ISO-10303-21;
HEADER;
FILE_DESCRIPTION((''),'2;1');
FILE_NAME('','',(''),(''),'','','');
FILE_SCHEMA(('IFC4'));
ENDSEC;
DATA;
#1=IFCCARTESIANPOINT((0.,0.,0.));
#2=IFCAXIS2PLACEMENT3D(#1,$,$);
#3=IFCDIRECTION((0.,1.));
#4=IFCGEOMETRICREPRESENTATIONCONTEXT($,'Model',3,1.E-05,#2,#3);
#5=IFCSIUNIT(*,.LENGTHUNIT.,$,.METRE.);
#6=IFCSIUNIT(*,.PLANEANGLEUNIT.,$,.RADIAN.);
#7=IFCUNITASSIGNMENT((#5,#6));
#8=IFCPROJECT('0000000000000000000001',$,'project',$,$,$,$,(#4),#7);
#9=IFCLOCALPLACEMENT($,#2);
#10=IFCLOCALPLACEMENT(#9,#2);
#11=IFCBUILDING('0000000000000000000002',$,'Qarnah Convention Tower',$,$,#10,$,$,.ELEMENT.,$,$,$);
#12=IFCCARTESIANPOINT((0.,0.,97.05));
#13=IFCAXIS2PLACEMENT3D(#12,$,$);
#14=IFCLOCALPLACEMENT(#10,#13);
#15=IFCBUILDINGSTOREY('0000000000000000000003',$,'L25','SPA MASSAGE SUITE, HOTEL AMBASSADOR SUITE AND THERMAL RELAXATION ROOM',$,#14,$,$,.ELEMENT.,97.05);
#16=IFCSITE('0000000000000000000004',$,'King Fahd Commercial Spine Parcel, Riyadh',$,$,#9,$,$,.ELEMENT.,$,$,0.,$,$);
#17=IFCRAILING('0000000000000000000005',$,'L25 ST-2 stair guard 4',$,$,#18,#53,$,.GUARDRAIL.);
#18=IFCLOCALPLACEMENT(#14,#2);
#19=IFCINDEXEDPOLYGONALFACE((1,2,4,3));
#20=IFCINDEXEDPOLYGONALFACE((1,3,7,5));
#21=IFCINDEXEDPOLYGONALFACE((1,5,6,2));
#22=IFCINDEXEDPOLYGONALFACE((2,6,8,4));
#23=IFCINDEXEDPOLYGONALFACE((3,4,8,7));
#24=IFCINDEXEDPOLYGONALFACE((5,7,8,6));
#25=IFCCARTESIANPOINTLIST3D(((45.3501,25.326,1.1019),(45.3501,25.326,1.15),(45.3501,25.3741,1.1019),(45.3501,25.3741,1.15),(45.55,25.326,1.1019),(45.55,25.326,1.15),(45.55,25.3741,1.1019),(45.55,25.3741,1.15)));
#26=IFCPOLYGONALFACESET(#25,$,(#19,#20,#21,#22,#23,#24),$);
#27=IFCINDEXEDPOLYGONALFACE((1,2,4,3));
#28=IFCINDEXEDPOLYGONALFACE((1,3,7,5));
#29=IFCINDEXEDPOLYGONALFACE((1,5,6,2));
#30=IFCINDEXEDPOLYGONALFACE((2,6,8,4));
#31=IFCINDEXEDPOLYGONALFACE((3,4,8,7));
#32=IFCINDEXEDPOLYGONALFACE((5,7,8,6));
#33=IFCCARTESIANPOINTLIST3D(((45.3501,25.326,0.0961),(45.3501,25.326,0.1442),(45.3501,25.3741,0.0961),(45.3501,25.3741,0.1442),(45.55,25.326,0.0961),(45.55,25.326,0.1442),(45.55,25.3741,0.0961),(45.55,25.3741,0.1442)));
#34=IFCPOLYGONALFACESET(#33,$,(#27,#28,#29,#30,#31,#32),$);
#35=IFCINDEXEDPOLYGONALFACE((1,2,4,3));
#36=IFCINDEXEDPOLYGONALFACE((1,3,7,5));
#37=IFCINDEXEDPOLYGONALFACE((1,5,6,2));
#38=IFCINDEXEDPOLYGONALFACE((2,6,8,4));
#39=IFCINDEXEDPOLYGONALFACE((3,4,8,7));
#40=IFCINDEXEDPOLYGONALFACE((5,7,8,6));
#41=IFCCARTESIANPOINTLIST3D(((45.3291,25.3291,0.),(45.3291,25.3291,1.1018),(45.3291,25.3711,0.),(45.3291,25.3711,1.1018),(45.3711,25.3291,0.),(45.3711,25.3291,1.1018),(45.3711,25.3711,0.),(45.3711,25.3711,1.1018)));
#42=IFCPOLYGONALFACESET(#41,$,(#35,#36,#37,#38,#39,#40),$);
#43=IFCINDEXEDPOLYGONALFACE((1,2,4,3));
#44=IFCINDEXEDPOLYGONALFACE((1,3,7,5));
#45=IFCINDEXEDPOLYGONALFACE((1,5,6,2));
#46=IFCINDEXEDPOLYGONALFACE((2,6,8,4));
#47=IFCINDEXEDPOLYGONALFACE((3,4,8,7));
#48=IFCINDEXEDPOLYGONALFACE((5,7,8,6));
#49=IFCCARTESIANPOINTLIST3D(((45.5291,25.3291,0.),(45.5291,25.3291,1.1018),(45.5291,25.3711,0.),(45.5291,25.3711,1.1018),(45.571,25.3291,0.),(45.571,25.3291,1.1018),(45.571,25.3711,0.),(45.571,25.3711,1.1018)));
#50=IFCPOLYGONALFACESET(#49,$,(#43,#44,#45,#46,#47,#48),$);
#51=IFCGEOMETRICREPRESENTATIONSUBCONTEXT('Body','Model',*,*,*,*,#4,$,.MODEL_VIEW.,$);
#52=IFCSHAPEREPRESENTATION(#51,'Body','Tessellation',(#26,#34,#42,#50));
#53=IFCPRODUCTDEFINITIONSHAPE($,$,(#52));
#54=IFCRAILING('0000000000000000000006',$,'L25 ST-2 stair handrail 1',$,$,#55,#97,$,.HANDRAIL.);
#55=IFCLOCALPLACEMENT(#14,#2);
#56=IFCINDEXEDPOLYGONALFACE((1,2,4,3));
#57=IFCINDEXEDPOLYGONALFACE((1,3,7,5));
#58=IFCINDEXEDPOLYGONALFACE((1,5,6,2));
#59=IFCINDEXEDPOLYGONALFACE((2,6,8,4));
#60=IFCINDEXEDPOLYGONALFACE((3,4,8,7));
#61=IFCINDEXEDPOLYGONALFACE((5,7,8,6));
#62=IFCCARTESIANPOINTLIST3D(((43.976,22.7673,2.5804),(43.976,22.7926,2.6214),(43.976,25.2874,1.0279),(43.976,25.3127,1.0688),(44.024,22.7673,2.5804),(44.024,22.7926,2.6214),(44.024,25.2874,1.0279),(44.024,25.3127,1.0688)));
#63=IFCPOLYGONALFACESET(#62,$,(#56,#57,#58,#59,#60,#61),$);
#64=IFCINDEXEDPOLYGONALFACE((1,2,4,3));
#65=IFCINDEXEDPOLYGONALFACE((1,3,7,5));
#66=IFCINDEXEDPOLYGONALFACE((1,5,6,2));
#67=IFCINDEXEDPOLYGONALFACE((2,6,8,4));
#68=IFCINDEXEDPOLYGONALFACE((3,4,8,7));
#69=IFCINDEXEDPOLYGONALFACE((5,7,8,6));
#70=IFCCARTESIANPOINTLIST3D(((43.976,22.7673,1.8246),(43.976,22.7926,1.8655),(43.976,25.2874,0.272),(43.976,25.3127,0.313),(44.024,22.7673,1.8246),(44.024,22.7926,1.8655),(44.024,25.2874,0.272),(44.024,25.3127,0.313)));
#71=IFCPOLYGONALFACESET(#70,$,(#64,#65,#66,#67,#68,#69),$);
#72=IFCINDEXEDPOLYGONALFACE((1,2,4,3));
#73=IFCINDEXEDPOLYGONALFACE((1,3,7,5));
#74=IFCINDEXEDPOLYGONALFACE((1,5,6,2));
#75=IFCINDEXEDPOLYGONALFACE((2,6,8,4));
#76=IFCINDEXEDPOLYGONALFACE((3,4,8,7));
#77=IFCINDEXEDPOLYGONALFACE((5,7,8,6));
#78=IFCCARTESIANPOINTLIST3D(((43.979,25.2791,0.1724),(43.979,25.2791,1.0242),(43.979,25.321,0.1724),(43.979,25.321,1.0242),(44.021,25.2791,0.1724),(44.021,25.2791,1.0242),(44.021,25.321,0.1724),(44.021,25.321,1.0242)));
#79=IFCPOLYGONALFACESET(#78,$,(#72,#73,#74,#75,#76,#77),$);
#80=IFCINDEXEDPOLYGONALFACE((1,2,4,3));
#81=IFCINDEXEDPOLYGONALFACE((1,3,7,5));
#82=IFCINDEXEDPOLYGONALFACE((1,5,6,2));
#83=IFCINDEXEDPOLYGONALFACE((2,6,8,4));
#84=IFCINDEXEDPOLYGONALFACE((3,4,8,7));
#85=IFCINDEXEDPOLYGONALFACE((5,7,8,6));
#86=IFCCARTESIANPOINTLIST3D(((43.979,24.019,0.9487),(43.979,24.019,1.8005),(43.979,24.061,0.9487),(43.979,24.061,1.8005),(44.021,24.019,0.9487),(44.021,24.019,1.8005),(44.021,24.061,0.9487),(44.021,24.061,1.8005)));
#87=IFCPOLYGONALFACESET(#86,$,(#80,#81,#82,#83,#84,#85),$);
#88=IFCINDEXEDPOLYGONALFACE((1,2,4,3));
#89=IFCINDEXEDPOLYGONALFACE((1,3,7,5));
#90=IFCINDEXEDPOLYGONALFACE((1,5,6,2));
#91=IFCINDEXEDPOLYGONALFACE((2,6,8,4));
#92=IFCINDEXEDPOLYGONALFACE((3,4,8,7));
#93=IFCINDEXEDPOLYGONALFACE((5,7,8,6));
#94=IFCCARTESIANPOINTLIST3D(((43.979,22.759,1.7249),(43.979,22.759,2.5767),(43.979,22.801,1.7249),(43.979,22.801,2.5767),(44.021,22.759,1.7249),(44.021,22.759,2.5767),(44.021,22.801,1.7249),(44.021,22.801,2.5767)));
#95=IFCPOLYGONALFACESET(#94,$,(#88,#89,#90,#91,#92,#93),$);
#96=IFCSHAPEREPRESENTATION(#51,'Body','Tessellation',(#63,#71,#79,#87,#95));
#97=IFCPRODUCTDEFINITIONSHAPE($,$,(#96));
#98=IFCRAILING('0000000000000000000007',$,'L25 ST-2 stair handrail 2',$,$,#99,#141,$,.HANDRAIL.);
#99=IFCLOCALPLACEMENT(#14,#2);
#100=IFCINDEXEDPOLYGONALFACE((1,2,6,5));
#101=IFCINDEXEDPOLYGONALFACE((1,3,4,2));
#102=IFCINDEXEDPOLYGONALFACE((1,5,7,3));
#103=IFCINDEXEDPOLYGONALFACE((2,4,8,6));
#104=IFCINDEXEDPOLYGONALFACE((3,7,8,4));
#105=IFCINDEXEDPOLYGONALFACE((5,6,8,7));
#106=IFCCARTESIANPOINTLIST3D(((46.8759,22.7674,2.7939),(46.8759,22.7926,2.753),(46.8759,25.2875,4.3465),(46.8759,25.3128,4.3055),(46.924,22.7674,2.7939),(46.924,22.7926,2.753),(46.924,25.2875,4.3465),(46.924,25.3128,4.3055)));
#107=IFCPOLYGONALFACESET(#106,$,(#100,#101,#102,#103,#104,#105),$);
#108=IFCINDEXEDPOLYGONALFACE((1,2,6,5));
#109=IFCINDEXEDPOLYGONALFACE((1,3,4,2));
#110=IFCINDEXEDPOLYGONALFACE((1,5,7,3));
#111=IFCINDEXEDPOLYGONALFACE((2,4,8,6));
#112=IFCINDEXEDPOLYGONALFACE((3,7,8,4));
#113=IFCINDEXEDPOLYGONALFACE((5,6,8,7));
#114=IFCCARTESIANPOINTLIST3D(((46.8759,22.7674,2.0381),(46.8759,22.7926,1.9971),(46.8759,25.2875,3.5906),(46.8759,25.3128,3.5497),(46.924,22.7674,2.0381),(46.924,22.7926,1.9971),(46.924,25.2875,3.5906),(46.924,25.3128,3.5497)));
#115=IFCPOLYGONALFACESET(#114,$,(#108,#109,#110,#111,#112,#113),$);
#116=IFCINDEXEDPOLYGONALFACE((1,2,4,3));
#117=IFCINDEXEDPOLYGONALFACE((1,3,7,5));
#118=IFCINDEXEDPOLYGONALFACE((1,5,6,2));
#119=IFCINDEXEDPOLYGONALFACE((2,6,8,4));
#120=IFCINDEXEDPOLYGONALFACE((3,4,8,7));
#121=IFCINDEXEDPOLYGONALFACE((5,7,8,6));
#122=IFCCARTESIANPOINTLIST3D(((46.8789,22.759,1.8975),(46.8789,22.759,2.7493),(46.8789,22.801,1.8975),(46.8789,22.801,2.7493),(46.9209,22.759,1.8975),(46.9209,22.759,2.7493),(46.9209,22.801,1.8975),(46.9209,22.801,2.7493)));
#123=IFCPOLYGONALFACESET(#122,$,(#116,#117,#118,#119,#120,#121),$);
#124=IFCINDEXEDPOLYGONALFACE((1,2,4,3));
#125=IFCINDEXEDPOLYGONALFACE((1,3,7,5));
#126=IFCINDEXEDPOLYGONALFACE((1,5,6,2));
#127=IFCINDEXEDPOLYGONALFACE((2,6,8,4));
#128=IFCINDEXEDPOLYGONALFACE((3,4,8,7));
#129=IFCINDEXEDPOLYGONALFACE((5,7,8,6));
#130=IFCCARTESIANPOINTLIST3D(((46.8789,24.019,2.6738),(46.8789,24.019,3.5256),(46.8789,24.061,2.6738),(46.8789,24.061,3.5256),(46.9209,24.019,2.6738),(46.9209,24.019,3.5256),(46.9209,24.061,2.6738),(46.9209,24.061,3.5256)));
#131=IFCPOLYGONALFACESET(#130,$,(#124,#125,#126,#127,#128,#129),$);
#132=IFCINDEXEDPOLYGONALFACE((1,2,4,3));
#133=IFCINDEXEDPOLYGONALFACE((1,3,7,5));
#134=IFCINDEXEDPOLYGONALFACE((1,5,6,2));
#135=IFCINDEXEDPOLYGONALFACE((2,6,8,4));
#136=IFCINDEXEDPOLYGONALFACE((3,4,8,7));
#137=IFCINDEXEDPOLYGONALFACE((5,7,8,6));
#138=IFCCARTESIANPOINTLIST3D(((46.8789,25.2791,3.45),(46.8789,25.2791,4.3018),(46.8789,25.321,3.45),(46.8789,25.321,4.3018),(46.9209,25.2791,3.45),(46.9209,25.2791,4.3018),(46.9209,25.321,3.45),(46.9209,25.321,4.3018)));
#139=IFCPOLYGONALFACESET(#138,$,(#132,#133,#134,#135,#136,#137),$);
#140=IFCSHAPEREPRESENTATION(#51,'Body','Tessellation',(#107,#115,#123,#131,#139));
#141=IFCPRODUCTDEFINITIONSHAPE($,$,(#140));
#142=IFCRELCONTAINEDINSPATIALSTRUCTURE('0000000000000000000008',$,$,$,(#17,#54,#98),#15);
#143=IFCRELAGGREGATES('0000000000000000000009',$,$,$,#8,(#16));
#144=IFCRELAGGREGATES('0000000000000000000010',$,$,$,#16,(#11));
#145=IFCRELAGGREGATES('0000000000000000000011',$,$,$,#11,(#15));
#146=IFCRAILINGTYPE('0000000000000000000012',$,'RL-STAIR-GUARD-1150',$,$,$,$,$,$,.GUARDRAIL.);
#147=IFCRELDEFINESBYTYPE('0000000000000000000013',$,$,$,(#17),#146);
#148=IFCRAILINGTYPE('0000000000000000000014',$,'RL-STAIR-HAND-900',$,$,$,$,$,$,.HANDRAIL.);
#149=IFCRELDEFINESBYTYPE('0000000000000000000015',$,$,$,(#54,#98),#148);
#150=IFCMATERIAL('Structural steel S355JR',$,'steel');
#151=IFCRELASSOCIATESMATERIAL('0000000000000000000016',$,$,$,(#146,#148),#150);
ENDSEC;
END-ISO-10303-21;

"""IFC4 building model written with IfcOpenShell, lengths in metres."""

from ifc_helpers import new_model, si_unit, direction, frame, origin, origin_2d, place, context, subcontext, project, spatial, rectangle, extrude, material, type_object, element, save


model = new_model("IFC4")

# Units and contexts
model_context = context("Model", 3, precision=1e-05, world=origin(), true_north=direction((0.0, 1.0)))
body_context = subcontext(model_context, "Body", "Model", "MODEL_VIEW")
ifc_project = project(units=[si_unit("LENGTHUNIT", "METRE"), si_unit("PLANEANGLEUNIT", "RADIAN")], contexts=[model_context])

# Site, building, storey
site_placement = place(None, origin())
site = spatial("IfcSite", under=ifc_project, at=site_placement, Name="King Fahd Commercial Spine Parcel, Riyadh", CompositionType="ELEMENT", RefElevation=0.0)
building_placement = place(site_placement, origin())
building = spatial("IfcBuilding", under=site, at=building_placement, Name="Qarnah Convention Tower", CompositionType="ELEMENT")
storey_placement = place(building_placement, frame((0.0, 0.0, 97.05)))
storey = spatial("IfcBuildingStorey", under=building, at=storey_placement, Name="L25", Description="SPA MASSAGE SUITE, HOTEL AMBASSADOR SUITE AND THERMAL RELAXATION ROOM", CompositionType="ELEMENT", Elevation=97.05)

# Shared definitions
ifc_material_1 = material(Name="Structural steel S355JR", Category="steel")

# Railings
railing_type_1 = type_object("IfcRailingType", Name="RL-STAIR-GUARD-1150", PredefinedType="GUARDRAIL", material=ifc_material_1)
railing_1_placement = place(storey_placement, frame((45.3501, 25.3501, 0.0)))
element("IfcRailing", 1, at=railing_1_placement, inside=storey, type_object=railing_type_1, Name="L25 ST-2 stair guard 4", PredefinedType="GUARDRAIL", context=body_context, shape_type="SweptSolid", body=[
    extrude(rectangle(XDim=0.0481, YDim=0.0481, at=origin_2d()), frame((0.0, 0.0, 1.126), z_axis=(1.0, 0.0, 0.0), x_axis=(0.0, 1.0, 0.0)), (0.0, 0.0, 1.0), 0.2),
    extrude(rectangle(XDim=0.0481, YDim=0.0481, at=origin_2d()), frame((0.0, 0.0, 0.1201), z_axis=(1.0, 0.0, 0.0), x_axis=(0.0, 1.0, 0.0)), (0.0, 0.0, 1.0), 0.2),
    extrude(rectangle(XDim=0.042, YDim=0.042, at=origin_2d()), origin(), (0.0, 0.0, 1.0), 1.1018),
    extrude(rectangle(XDim=0.042, YDim=0.042, at=origin_2d()), frame((0.2, 0.0, 0.0)), (0.0, 0.0, 1.0), 1.1018),
])
railing_type_2 = type_object("IfcRailingType", Name="RL-STAIR-HAND-900", PredefinedType="HANDRAIL", material=ifc_material_1)
railing_2_placement = place(storey_placement, frame((44.0, 25.3, 0.1724)))
element("IfcRailing", 2, at=railing_2_placement, inside=storey, type_object=railing_type_2, Name="L25 ST-2 stair handrail 1", PredefinedType="HANDRAIL", context=body_context, shape_type="SweptSolid", body=[
    extrude(rectangle(XDim=0.0481, YDim=0.0481, at=origin_2d()), frame((0.0, 0.0, 0.876), z_axis=(0.0, -0.8514, 0.524516), x_axis=(1.0, 0.0, 0.0)), (0.0, 0.0, 1.0), 2.96),
    extrude(rectangle(XDim=0.0481, YDim=0.0481, at=origin_2d()), frame((0.0, 0.0, 0.1201), z_axis=(0.0, -0.8514, 0.524516), x_axis=(1.0, 0.0, 0.0)), (0.0, 0.0, 1.0), 2.96),
    extrude(rectangle(XDim=0.042, YDim=0.042, at=origin_2d()), origin(), (0.0, 0.0, 1.0), 0.8518),
    extrude(rectangle(XDim=0.042, YDim=0.042, at=origin_2d()), frame((0.0, -1.26, 0.7764)), (0.0, 0.0, 1.0), 0.8518),
    extrude(rectangle(XDim=0.042, YDim=0.042, at=origin_2d()), frame((0.0, -2.52, 1.5525)), (0.0, 0.0, 1.0), 0.8518),
])
railing_3_placement = place(storey_placement, frame((46.8999, 22.78, 1.8975)))
element("IfcRailing", 3, at=railing_3_placement, inside=storey, type_object=railing_type_2, Name="L25 ST-2 stair handrail 2", PredefinedType="HANDRAIL", context=body_context, shape_type="SweptSolid", body=[
    extrude(rectangle(XDim=0.0481, YDim=0.0481, at=origin_2d()), frame((0.0, 0.0, 0.876), z_axis=(0.0, 0.8514, 0.524516), x_axis=(-1.0, 0.0, 0.0)), (0.0, 0.0, 1.0), 2.96),
    extrude(rectangle(XDim=0.0481, YDim=0.0481, at=origin_2d()), frame((0.0, 0.0, 0.1201), z_axis=(0.0, 0.8514, 0.524516), x_axis=(-1.0, 0.0, 0.0)), (0.0, 0.0, 1.0), 2.96),
    extrude(rectangle(XDim=0.042, YDim=0.042, at=origin_2d()), origin(), (0.0, 0.0, 1.0), 0.8518),
    extrude(rectangle(XDim=0.042, YDim=0.042, at=origin_2d()), frame((0.0, 1.26, 0.7764)), (0.0, 0.0, 1.0), 0.8518),
    extrude(rectangle(XDim=0.042, YDim=0.042, at=origin_2d()), frame((0.0, 2.52, 1.5525)), (0.0, 0.0, 1.0), 0.8518),
])

save(model, "model.ifc")
